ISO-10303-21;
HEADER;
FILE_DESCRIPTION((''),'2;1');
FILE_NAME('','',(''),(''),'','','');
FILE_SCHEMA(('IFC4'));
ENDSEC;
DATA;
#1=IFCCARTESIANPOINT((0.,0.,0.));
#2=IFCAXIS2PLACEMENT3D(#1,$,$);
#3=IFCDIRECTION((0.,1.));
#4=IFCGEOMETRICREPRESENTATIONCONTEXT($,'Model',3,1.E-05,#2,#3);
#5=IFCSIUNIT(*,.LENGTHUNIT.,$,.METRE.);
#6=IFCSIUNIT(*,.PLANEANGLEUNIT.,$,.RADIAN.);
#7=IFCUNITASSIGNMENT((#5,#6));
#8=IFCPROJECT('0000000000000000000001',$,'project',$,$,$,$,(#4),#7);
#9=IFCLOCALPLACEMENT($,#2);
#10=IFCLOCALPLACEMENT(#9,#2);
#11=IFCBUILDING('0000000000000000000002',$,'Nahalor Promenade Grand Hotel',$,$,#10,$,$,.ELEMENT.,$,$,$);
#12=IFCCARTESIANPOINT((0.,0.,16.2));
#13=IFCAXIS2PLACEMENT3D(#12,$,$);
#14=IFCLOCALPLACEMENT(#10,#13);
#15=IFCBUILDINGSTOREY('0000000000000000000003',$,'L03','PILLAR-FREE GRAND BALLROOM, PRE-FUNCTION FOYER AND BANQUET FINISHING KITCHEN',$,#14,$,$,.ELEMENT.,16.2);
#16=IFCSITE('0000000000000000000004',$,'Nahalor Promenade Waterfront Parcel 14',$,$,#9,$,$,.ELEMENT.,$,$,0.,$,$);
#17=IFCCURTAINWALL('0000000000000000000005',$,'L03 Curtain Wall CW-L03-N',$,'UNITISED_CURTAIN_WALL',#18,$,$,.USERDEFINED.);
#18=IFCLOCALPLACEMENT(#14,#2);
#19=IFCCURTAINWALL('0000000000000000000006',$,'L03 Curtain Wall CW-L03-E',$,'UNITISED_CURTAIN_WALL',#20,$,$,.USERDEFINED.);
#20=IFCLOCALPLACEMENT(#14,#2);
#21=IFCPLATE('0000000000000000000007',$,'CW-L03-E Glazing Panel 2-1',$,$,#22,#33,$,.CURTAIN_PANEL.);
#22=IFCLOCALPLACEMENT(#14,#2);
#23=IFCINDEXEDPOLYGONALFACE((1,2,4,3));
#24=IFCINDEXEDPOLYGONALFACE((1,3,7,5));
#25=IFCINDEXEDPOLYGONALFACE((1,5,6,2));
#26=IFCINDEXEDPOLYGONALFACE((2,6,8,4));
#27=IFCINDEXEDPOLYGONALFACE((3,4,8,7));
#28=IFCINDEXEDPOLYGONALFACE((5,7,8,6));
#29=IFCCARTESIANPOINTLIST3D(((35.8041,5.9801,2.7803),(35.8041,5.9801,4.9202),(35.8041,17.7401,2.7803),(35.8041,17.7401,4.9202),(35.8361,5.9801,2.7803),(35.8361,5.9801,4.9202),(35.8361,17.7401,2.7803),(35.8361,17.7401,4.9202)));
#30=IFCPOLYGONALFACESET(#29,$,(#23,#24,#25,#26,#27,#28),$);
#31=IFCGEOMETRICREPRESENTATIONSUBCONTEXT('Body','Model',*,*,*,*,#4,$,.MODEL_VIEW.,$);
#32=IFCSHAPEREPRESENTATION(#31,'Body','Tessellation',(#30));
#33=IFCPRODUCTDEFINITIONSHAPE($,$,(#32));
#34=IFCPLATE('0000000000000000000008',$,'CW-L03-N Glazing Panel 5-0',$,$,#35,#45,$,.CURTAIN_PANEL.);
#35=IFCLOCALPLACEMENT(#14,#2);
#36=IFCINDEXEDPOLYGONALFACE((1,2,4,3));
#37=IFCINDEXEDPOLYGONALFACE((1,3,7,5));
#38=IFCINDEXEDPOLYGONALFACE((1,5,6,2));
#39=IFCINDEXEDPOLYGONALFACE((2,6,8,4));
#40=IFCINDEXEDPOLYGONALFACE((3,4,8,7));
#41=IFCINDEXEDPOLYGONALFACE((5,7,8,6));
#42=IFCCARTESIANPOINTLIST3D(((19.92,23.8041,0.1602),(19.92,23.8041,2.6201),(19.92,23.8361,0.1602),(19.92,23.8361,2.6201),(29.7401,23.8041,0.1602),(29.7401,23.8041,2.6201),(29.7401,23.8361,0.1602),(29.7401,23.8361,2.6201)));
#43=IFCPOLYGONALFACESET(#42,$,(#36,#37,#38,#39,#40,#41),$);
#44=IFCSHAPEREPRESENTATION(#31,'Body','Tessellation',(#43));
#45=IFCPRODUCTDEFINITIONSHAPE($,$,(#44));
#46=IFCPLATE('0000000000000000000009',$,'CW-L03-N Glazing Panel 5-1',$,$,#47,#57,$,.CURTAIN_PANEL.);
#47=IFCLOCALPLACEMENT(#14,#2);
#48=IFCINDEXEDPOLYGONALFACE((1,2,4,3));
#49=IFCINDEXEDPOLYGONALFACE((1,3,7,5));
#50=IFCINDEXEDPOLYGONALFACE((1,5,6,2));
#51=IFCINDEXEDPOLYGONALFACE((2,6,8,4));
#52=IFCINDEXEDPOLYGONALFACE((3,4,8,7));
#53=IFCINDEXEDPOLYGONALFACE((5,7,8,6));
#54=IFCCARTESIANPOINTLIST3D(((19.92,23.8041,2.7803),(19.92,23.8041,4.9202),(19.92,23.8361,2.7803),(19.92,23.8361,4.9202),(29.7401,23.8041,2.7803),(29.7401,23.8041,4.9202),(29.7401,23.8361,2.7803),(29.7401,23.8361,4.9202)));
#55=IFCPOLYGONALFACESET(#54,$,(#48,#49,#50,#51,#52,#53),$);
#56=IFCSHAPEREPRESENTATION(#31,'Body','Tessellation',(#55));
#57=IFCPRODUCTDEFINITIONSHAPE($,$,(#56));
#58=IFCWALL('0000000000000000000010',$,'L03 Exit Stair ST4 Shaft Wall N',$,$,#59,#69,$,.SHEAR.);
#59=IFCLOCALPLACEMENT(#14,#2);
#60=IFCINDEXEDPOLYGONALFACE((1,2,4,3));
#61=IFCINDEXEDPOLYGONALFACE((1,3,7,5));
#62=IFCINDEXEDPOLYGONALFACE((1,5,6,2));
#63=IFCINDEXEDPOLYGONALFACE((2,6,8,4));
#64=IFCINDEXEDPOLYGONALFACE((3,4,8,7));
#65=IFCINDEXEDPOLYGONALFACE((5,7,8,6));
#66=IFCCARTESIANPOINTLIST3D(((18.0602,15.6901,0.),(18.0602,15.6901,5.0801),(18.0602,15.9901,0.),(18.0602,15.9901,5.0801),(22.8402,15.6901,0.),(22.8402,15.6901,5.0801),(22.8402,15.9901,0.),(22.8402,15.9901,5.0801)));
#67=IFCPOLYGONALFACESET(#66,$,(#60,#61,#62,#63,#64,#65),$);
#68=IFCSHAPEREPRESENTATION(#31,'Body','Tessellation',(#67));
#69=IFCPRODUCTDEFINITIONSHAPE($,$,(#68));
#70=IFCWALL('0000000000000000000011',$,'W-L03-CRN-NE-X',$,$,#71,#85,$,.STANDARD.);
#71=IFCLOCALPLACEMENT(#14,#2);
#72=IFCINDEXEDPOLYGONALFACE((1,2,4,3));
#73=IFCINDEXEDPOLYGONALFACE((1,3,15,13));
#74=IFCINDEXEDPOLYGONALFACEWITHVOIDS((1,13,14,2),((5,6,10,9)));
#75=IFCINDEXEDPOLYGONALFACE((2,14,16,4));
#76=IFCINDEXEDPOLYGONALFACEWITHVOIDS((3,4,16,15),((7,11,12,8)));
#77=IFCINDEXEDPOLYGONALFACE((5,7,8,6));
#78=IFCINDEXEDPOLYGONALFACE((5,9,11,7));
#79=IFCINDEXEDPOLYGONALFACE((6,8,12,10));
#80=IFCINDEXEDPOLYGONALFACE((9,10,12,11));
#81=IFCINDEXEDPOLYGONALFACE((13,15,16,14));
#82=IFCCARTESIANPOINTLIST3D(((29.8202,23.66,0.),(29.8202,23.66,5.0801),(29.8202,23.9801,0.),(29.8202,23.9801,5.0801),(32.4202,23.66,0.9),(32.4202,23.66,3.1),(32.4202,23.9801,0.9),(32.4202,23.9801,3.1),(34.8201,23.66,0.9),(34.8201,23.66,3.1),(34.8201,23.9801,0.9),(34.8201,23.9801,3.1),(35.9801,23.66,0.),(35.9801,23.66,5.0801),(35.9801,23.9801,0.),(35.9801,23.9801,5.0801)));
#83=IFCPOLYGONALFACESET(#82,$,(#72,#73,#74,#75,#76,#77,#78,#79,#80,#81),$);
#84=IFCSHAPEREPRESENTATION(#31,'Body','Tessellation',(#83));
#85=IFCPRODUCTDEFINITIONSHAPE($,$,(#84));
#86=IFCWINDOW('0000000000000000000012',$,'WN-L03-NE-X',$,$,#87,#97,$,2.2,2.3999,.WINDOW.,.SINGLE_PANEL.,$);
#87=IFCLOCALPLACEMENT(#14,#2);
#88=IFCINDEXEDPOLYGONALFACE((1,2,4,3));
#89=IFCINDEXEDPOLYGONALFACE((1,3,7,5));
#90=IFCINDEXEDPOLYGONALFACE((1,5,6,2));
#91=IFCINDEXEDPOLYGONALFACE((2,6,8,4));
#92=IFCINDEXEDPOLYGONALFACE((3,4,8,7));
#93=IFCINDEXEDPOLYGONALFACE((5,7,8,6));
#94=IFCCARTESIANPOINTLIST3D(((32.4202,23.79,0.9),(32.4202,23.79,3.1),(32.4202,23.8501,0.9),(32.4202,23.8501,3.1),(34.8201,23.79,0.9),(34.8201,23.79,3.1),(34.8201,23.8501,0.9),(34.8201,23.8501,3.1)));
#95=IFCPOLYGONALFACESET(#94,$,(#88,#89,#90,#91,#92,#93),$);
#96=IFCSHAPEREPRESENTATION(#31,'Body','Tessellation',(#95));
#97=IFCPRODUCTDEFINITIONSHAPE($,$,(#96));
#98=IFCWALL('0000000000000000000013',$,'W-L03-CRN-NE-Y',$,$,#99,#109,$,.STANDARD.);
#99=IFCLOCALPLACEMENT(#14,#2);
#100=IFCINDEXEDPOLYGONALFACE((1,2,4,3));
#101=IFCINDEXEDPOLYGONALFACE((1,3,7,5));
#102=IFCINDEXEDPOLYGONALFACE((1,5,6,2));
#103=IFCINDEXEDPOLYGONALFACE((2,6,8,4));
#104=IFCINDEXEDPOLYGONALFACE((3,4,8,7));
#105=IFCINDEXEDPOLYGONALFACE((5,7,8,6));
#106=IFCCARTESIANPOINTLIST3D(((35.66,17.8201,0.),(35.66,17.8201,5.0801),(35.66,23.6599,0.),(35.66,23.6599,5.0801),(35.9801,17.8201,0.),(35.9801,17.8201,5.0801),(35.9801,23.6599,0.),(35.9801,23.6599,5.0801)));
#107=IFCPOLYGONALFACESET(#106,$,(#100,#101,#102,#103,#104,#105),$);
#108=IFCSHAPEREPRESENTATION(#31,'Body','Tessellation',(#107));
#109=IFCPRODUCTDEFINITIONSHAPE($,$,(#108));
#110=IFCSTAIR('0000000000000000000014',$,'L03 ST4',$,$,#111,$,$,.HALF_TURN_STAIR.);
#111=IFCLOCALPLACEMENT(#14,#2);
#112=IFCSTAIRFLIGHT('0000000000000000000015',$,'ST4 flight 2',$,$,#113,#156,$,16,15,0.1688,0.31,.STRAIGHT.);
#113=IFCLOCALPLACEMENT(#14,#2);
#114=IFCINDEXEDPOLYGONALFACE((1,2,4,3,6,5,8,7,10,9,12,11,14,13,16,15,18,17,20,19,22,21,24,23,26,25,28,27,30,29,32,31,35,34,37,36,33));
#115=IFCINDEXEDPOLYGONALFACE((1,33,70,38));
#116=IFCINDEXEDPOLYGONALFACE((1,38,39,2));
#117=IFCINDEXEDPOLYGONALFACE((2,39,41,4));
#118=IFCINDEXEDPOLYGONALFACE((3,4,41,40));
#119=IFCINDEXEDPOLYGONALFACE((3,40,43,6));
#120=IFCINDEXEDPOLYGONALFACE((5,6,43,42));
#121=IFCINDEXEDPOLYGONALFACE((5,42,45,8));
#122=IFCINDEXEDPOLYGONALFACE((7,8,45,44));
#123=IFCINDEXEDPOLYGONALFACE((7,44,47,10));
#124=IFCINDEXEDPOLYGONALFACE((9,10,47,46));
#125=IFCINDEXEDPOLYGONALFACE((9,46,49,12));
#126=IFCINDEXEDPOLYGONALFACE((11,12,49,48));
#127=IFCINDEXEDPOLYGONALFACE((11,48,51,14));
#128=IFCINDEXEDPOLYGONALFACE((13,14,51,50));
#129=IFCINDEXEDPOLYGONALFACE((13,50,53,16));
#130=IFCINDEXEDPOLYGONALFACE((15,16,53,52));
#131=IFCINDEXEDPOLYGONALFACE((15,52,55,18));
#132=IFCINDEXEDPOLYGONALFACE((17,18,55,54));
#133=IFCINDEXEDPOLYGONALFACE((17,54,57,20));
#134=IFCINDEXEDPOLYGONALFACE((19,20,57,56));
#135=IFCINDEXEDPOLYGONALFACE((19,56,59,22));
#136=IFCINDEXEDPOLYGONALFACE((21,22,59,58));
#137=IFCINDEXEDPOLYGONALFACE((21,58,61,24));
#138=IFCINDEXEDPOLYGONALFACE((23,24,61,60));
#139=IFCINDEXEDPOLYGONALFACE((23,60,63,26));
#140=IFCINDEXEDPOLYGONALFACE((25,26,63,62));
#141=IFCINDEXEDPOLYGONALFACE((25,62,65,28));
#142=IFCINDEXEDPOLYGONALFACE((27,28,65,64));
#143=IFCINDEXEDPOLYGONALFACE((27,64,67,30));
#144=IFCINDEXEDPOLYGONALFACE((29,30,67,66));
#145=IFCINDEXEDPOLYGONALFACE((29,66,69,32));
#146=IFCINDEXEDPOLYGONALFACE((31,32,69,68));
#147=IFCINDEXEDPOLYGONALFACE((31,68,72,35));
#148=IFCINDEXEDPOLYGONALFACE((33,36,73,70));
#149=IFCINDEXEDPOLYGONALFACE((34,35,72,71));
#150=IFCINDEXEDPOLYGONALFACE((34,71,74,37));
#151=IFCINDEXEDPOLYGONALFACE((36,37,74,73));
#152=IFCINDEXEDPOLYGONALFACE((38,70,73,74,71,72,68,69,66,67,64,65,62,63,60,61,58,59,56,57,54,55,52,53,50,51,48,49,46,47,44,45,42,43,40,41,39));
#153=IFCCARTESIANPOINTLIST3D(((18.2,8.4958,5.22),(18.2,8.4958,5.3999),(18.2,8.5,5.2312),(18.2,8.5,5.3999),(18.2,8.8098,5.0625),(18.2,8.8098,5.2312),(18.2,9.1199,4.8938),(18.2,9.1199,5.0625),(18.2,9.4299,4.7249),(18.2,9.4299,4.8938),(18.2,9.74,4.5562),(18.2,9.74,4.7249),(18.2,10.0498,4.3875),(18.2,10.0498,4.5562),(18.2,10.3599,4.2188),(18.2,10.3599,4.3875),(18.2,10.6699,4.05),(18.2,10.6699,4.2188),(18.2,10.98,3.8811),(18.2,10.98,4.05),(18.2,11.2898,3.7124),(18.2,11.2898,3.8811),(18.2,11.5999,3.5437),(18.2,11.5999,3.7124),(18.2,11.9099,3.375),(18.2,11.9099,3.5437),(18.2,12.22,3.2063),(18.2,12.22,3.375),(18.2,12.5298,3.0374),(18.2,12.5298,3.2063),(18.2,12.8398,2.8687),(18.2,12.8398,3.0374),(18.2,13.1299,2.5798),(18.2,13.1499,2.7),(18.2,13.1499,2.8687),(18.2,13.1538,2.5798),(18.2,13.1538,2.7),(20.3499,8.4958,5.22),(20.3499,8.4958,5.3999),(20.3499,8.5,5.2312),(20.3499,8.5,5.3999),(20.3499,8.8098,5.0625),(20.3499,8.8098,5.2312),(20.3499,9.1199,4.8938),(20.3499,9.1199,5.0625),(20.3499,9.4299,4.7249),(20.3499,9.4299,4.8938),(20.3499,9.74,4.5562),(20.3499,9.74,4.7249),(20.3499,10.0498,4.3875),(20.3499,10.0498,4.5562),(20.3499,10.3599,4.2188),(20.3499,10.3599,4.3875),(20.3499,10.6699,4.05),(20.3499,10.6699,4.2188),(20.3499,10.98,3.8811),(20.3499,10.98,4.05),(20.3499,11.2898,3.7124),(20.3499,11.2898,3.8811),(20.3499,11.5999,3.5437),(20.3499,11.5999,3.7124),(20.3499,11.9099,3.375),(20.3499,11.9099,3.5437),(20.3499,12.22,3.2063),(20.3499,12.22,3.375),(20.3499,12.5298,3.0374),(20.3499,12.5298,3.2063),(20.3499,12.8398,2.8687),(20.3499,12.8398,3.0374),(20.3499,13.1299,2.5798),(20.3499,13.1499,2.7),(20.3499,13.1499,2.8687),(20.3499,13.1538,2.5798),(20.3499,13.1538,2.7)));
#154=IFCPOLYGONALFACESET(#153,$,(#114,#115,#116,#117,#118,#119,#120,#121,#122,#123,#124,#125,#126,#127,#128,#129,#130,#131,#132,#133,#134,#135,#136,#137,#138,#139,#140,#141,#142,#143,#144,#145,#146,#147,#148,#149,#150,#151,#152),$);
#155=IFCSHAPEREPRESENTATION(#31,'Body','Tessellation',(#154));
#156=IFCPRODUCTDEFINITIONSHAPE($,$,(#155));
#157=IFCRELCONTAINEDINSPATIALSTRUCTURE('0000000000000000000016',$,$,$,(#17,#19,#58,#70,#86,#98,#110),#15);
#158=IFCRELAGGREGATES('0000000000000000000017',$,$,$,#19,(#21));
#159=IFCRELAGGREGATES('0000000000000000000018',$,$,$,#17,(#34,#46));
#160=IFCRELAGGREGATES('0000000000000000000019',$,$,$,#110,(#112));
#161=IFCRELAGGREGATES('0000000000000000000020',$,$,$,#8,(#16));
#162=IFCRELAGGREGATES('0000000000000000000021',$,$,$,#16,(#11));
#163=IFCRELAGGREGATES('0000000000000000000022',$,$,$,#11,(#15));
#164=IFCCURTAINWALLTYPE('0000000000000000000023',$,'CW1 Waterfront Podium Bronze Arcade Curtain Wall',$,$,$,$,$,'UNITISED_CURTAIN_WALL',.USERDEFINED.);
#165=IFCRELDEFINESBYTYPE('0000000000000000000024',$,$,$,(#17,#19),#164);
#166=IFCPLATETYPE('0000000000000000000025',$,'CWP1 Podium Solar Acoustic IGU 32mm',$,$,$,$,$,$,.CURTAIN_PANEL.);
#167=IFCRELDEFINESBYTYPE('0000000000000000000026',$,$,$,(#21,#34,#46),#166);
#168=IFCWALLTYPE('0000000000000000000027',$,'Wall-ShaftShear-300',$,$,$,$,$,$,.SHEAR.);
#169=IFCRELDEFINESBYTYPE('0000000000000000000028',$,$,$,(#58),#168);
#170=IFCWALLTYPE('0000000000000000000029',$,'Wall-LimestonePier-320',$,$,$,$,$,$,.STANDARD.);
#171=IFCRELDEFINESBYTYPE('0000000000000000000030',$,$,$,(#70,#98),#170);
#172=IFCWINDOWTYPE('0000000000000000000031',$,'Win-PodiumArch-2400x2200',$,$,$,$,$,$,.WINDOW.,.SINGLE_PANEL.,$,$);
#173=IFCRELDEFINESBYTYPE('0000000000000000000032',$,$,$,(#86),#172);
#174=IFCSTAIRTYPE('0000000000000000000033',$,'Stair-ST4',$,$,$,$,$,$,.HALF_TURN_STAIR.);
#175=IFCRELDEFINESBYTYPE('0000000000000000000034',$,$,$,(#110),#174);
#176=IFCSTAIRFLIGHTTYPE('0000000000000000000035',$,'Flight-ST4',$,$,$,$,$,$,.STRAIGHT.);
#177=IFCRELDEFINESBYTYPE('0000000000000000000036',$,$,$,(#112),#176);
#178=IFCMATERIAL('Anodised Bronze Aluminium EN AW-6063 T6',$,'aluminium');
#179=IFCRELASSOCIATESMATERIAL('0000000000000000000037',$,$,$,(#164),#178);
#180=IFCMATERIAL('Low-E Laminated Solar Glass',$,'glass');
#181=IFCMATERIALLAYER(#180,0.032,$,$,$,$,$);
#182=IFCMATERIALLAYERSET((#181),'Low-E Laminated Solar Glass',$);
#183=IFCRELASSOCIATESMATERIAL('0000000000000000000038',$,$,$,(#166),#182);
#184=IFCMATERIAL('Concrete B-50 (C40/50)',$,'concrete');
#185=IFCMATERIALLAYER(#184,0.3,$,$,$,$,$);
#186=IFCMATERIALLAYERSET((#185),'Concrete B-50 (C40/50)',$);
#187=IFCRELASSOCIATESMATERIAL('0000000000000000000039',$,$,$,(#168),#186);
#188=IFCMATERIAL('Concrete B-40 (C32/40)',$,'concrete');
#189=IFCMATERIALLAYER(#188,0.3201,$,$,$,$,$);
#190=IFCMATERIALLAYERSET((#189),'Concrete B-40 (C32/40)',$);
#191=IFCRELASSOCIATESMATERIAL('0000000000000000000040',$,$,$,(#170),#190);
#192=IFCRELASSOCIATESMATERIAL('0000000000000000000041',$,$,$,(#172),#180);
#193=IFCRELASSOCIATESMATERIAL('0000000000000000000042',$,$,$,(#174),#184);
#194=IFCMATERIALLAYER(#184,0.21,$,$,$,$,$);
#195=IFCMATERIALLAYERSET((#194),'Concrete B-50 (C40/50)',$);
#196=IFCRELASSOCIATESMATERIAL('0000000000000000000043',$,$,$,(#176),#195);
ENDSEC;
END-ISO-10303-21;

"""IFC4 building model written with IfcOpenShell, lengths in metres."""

from ifc_helpers import new_model, si_unit, direction, frame, frame_2d, origin, origin_2d, place, context, subcontext, project, spatial, polyline, rectangle, outline, extrude, source, transform, mapped, material, layer, layer_set, type_object, element, fill, aggregate, save


model = new_model("IFC4")

# Units and contexts
model_context = context("Model", 3, precision=1e-05, world=origin(), true_north=direction((0.0, 1.0)))
body_context = subcontext(model_context, "Body", "Model", "MODEL_VIEW")
ifc_project = project(units=[si_unit("LENGTHUNIT", "METRE"), si_unit("PLANEANGLEUNIT", "RADIAN")], contexts=[model_context])

# Site, building, storey
site_placement = place(None, origin())
site = spatial("IfcSite", under=ifc_project, at=site_placement, Name="Nahalor Promenade Waterfront Parcel 14", CompositionType="ELEMENT", RefElevation=0.0)
building_placement = place(site_placement, origin())
building = spatial("IfcBuilding", under=site, at=building_placement, Name="Nahalor Promenade Grand Hotel", CompositionType="ELEMENT")
storey_placement = place(building_placement, frame((0.0, 0.0, 16.2)))
storey = spatial("IfcBuildingStorey", under=building, at=storey_placement, Name="L03", Description="PILLAR-FREE GRAND BALLROOM, PRE-FUNCTION FOYER AND BANQUET FINISHING KITCHEN", CompositionType="ELEMENT", Elevation=16.2)

# Curtain wall
ifc_material_1 = material(Name="Anodised Bronze Aluminium EN AW-6063 T6", Category="aluminium")
curtain_wall_type = type_object("IfcCurtainWallType", Name="CW1 Waterfront Podium Bronze Arcade Curtain Wall", ElementType="UNITISED_CURTAIN_WALL", PredefinedType="USERDEFINED", material=ifc_material_1)
curtain_wall_1_placement = place(storey_placement, origin())
curtain_wall_1 = element("IfcCurtainWall", 1, at=curtain_wall_1_placement, inside=storey, type_object=curtain_wall_type, Name="L03 Curtain Wall CW-L03-N", ObjectType="UNITISED_CURTAIN_WALL", PredefinedType="USERDEFINED")

# Curtain wall
curtain_wall_2_placement = place(storey_placement, origin())
curtain_wall_2 = element("IfcCurtainWall", 2, at=curtain_wall_2_placement, inside=storey, type_object=curtain_wall_type, Name="L03 Curtain Wall CW-L03-E", ObjectType="UNITISED_CURTAIN_WALL", PredefinedType="USERDEFINED")

# Plates
ifc_material_2 = material(Name="Low-E Laminated Solar Glass", Category="glass")
ifc_layer_1 = layer(ifc_material_2, 0.032)
ifc_layer_set_1 = layer_set([ifc_layer_1], Name="Low-E Laminated Solar Glass")
plate_type = type_object("IfcPlateType", Name="CWP1 Podium Solar Acoustic IGU 32mm", PredefinedType="CURTAIN_PANEL", material=ifc_layer_set_1)
shared_shape_1 = source(origin(), body_context, "Body", "SweptSolid", [
    extrude(rectangle(XDim=11.76, YDim=0.032, at=origin_2d()), origin(), (0.0, 0.0, 1.0), 2.1399),
])
plate_1_placement = place(storey_placement, frame((35.8201, 11.8601, 2.7803), z_axis=(0.0, 0.0, 1.0), x_axis=(0.0, 1.0, 0.0)))
plate_1 = element("IfcPlate", 3, at=plate_1_placement, type_object=plate_type, Name="CW-L03-E Glazing Panel 2-1", PredefinedType="CURTAIN_PANEL", context=body_context, shape_type="MappedRepresentation", body=[
    mapped(shared_shape_1, transform((0.0, 0.0, 0.0), scale=1.0)),
])
aggregate(curtain_wall_2, [plate_1])
shared_shape_2 = source(origin(), body_context, "Body", "SweptSolid", [
    extrude(rectangle(XDim=9.8201, YDim=0.032, at=origin_2d()), origin(), (0.0, 0.0, 1.0), 2.46),
])
plate_2_placement = place(storey_placement, frame((24.8301, 23.8201, 0.1602), z_axis=(0.0, 0.0, 1.0), x_axis=(1.0, 0.0, 0.0)))
plate_2 = element("IfcPlate", 4, at=plate_2_placement, type_object=plate_type, Name="CW-L03-N Glazing Panel 5-0", PredefinedType="CURTAIN_PANEL", context=body_context, shape_type="MappedRepresentation", body=[
    mapped(shared_shape_2, transform((0.0, 0.0, 0.0), scale=1.0)),
])
shared_shape_3 = source(origin(), body_context, "Body", "SweptSolid", [
    extrude(rectangle(XDim=9.8201, YDim=0.032, at=origin_2d()), origin(), (0.0, 0.0, 1.0), 2.1399),
])
plate_3_placement = place(storey_placement, frame((24.8301, 23.8201, 2.7803), z_axis=(0.0, 0.0, 1.0), x_axis=(1.0, 0.0, 0.0)))
plate_3 = element("IfcPlate", 5, at=plate_3_placement, type_object=plate_type, Name="CW-L03-N Glazing Panel 5-1", PredefinedType="CURTAIN_PANEL", context=body_context, shape_type="MappedRepresentation", body=[
    mapped(shared_shape_3, transform((0.0, 0.0, 0.0), scale=1.0)),
])
aggregate(curtain_wall_1, [plate_2, plate_3])

# Wall
ifc_material_3 = material(Name="Concrete B-50 (C40/50)", Category="concrete")
ifc_layer_2 = layer(ifc_material_3, 0.3)
ifc_layer_set_2 = layer_set([ifc_layer_2], Name="Concrete B-50 (C40/50)")
wall_type_1 = type_object("IfcWallType", Name="Wall-ShaftShear-300", PredefinedType="SHEAR", material=ifc_layer_set_2)
shared_shape_4 = source(origin(), body_context, "Body", "SweptSolid", [
    extrude(rectangle(XDim=4.78, YDim=0.3, at=frame_2d((2.3901, 0.0))), origin(), (0.0, 0.0, 1.0), 5.0801),
])
wall_1_placement = place(storey_placement, frame((18.0601, 15.8401, 0.0), z_axis=(0.0, 0.0, 1.0), x_axis=(1.0, 0.0, 0.0)))
element("IfcWall", 6, at=wall_1_placement, inside=storey, type_object=wall_type_1, Name="L03 Exit Stair ST4 Shaft Wall N", PredefinedType="SHEAR", context=body_context, shape_type="MappedRepresentation", body=[
    mapped(shared_shape_4, transform((0.0, 0.0, 0.0), scale=1.0)),
])

# Wall, opening, window
ifc_material_4 = material(Name="Concrete B-40 (C32/40)", Category="concrete")
ifc_layer_3 = layer(ifc_material_4, 0.3201)
ifc_layer_set_3 = layer_set([ifc_layer_3], Name="Concrete B-40 (C32/40)")
wall_type_2 = type_object("IfcWallType", Name="Wall-LimestonePier-320", PredefinedType="STANDARD", material=ifc_layer_set_3)
shared_shape_5 = source(origin(), body_context, "Body", "SweptSolid", [
    extrude(rectangle(XDim=6.1599, YDim=0.3201, at=frame_2d((3.0801, 0.0))), origin(), (0.0, 0.0, 1.0), 5.0801),
])
wall_2_placement = place(storey_placement, frame((29.8201, 23.8201, 0.0), z_axis=(0.0, 0.0, 1.0), x_axis=(1.0, 0.0, 0.0)))
wall_2 = element("IfcWall", 7, at=wall_2_placement, inside=storey, type_object=wall_type_2, Name="W-L03-CRN-NE-X", PredefinedType="STANDARD", context=body_context, shape_type="MappedRepresentation", body=[
    mapped(shared_shape_5, transform((0.0, 0.0, 0.0), scale=1.0)),
])
opening_placement = place(wall_2_placement, frame((2.6001, 0.0, 0.8999)))
opening = element("IfcOpeningElement", 8, at=opening_placement, cuts=wall_2, PredefinedType="OPENING", context=body_context, shape_type="SweptSolid", body=[
    extrude(rectangle(XDim=2.3999, YDim=2.2, at=frame_2d((1.2, 1.1001))), frame((0.0, 0.1699, 0.0), z_axis=(0.0, -1.0, 0.0), x_axis=(1.0, 0.0, 0.0)), (0.0, 0.0, 1.0), 0.3401),
])
window_type = type_object("IfcWindowType", Name="Win-PodiumArch-2400x2200", PartitioningType="SINGLE_PANEL", PredefinedType="WINDOW", material=ifc_material_2)
shared_shape_6 = source(origin(), body_context, "Body", "SweptSolid", [
    extrude(rectangle(XDim=2.3999, YDim=2.2, at=frame_2d((1.2, 1.1001))), frame((0.0, 0.03, 0.0), z_axis=(0.0, -1.0, 0.0), x_axis=(1.0, 0.0, 0.0)), (0.0, 0.0, 1.0), 0.0601),
])
window_placement = place(opening_placement, origin())
window = element("IfcWindow", 9, at=window_placement, inside=storey, type_object=window_type, Name="WN-L03-NE-X", OverallHeight=2.2, OverallWidth=2.3999, PartitioningType="SINGLE_PANEL", PredefinedType="WINDOW", context=body_context, shape_type="MappedRepresentation", body=[
    mapped(shared_shape_6, transform((0.0, 0.0, 0.0), scale=1.0)),
])
fill(opening, window)

# Wall
shared_shape_7 = source(origin(), body_context, "Body", "SweptSolid", [
    extrude(rectangle(XDim=5.8398, YDim=0.3201, at=frame_2d((2.9199, 0.0))), origin(), (0.0, 0.0, 1.0), 5.0801),
])
wall_3_placement = place(storey_placement, frame((35.8201, 17.8201, 0.0), z_axis=(0.0, 0.0, 1.0), x_axis=(0.0, 1.0, 0.0)))
element("IfcWall", 10, at=wall_3_placement, inside=storey, type_object=wall_type_2, Name="W-L03-CRN-NE-Y", PredefinedType="STANDARD", context=body_context, shape_type="MappedRepresentation", body=[
    mapped(shared_shape_7, transform((0.0, 0.0, 0.0), scale=1.0)),
])

# Stair, stair flight
stair_type = type_object("IfcStairType", Name="Stair-ST4", PredefinedType="HALF_TURN_STAIR", material=ifc_material_3)
stair_placement = place(storey_placement, origin())
stair = element("IfcStair", 11, at=stair_placement, inside=storey, type_object=stair_type, Name="L03 ST4", PredefinedType="HALF_TURN_STAIR")
ifc_layer_4 = layer(ifc_material_3, 0.21)
ifc_layer_set_4 = layer_set([ifc_layer_4], Name="Concrete B-50 (C40/50)")
stair_flight_type = type_object("IfcStairFlightType", Name="Flight-ST4", PredefinedType="STRAIGHT", material=ifc_layer_set_4)
shared_shape_8 = source(origin(), body_context, "Body", "SweptSolid", [
    extrude(outline(polyline([(-0.0039, -0.1201), (-0.0039, 0.0), (0.0, 0.0), (0.0, 0.1687), (0.3101, 0.1687), (0.3101, 0.3374), (0.6201, 0.3374), (0.6201, 0.5063), (0.9299, 0.5063), (0.9299, 0.675), (1.24, 0.675), (1.24, 0.8438), (1.55, 0.8438), (1.55, 1.0125), (1.8601, 1.0125), (1.8601, 1.1812), (2.1699, 1.1812), (2.1699, 1.3501), (2.48, 1.3501), (2.48, 1.5188), (2.79, 1.5188), (2.79, 1.6875), (3.1001, 1.6875), (3.1001, 1.8562), (3.4099, 1.8562), (3.4099, 2.0249), (3.72, 2.0249), (3.72, 2.1938), (4.03, 2.1938), (4.03, 2.3625), (4.3401, 2.3625), (4.3401, 2.5312), (4.6499, 2.5312), (4.6499, 2.7), (4.6541, 2.7), (4.6541, 2.52), (0.02, -0.1201), (-0.0039, -0.1201)])), frame((0.0, 1.075, 0.0), z_axis=(0.0, -1.0, 0.0), x_axis=(1.0, 0.0, 0.0)), (0.0, 0.0, 1.0), 2.1499),
])
stair_flight_placement = place(storey_placement, frame((19.2749, 13.1499, 2.7), z_axis=(0.0, 0.0, 1.0), x_axis=(0.0, -1.0, 0.0)))
stair_flight = element("IfcStairFlight", 12, at=stair_flight_placement, type_object=stair_flight_type, Name="ST4 flight 2", NumberOfRisers=16, NumberOfTreads=15, PredefinedType="STRAIGHT", RiserHeight=0.1688, TreadLength=0.31, context=body_context, shape_type="MappedRepresentation", body=[
    mapped(shared_shape_8, transform((0.0, 0.0, 0.0), scale=1.0)),
])
aggregate(stair, [stair_flight])

save(model, "model.ifc")
